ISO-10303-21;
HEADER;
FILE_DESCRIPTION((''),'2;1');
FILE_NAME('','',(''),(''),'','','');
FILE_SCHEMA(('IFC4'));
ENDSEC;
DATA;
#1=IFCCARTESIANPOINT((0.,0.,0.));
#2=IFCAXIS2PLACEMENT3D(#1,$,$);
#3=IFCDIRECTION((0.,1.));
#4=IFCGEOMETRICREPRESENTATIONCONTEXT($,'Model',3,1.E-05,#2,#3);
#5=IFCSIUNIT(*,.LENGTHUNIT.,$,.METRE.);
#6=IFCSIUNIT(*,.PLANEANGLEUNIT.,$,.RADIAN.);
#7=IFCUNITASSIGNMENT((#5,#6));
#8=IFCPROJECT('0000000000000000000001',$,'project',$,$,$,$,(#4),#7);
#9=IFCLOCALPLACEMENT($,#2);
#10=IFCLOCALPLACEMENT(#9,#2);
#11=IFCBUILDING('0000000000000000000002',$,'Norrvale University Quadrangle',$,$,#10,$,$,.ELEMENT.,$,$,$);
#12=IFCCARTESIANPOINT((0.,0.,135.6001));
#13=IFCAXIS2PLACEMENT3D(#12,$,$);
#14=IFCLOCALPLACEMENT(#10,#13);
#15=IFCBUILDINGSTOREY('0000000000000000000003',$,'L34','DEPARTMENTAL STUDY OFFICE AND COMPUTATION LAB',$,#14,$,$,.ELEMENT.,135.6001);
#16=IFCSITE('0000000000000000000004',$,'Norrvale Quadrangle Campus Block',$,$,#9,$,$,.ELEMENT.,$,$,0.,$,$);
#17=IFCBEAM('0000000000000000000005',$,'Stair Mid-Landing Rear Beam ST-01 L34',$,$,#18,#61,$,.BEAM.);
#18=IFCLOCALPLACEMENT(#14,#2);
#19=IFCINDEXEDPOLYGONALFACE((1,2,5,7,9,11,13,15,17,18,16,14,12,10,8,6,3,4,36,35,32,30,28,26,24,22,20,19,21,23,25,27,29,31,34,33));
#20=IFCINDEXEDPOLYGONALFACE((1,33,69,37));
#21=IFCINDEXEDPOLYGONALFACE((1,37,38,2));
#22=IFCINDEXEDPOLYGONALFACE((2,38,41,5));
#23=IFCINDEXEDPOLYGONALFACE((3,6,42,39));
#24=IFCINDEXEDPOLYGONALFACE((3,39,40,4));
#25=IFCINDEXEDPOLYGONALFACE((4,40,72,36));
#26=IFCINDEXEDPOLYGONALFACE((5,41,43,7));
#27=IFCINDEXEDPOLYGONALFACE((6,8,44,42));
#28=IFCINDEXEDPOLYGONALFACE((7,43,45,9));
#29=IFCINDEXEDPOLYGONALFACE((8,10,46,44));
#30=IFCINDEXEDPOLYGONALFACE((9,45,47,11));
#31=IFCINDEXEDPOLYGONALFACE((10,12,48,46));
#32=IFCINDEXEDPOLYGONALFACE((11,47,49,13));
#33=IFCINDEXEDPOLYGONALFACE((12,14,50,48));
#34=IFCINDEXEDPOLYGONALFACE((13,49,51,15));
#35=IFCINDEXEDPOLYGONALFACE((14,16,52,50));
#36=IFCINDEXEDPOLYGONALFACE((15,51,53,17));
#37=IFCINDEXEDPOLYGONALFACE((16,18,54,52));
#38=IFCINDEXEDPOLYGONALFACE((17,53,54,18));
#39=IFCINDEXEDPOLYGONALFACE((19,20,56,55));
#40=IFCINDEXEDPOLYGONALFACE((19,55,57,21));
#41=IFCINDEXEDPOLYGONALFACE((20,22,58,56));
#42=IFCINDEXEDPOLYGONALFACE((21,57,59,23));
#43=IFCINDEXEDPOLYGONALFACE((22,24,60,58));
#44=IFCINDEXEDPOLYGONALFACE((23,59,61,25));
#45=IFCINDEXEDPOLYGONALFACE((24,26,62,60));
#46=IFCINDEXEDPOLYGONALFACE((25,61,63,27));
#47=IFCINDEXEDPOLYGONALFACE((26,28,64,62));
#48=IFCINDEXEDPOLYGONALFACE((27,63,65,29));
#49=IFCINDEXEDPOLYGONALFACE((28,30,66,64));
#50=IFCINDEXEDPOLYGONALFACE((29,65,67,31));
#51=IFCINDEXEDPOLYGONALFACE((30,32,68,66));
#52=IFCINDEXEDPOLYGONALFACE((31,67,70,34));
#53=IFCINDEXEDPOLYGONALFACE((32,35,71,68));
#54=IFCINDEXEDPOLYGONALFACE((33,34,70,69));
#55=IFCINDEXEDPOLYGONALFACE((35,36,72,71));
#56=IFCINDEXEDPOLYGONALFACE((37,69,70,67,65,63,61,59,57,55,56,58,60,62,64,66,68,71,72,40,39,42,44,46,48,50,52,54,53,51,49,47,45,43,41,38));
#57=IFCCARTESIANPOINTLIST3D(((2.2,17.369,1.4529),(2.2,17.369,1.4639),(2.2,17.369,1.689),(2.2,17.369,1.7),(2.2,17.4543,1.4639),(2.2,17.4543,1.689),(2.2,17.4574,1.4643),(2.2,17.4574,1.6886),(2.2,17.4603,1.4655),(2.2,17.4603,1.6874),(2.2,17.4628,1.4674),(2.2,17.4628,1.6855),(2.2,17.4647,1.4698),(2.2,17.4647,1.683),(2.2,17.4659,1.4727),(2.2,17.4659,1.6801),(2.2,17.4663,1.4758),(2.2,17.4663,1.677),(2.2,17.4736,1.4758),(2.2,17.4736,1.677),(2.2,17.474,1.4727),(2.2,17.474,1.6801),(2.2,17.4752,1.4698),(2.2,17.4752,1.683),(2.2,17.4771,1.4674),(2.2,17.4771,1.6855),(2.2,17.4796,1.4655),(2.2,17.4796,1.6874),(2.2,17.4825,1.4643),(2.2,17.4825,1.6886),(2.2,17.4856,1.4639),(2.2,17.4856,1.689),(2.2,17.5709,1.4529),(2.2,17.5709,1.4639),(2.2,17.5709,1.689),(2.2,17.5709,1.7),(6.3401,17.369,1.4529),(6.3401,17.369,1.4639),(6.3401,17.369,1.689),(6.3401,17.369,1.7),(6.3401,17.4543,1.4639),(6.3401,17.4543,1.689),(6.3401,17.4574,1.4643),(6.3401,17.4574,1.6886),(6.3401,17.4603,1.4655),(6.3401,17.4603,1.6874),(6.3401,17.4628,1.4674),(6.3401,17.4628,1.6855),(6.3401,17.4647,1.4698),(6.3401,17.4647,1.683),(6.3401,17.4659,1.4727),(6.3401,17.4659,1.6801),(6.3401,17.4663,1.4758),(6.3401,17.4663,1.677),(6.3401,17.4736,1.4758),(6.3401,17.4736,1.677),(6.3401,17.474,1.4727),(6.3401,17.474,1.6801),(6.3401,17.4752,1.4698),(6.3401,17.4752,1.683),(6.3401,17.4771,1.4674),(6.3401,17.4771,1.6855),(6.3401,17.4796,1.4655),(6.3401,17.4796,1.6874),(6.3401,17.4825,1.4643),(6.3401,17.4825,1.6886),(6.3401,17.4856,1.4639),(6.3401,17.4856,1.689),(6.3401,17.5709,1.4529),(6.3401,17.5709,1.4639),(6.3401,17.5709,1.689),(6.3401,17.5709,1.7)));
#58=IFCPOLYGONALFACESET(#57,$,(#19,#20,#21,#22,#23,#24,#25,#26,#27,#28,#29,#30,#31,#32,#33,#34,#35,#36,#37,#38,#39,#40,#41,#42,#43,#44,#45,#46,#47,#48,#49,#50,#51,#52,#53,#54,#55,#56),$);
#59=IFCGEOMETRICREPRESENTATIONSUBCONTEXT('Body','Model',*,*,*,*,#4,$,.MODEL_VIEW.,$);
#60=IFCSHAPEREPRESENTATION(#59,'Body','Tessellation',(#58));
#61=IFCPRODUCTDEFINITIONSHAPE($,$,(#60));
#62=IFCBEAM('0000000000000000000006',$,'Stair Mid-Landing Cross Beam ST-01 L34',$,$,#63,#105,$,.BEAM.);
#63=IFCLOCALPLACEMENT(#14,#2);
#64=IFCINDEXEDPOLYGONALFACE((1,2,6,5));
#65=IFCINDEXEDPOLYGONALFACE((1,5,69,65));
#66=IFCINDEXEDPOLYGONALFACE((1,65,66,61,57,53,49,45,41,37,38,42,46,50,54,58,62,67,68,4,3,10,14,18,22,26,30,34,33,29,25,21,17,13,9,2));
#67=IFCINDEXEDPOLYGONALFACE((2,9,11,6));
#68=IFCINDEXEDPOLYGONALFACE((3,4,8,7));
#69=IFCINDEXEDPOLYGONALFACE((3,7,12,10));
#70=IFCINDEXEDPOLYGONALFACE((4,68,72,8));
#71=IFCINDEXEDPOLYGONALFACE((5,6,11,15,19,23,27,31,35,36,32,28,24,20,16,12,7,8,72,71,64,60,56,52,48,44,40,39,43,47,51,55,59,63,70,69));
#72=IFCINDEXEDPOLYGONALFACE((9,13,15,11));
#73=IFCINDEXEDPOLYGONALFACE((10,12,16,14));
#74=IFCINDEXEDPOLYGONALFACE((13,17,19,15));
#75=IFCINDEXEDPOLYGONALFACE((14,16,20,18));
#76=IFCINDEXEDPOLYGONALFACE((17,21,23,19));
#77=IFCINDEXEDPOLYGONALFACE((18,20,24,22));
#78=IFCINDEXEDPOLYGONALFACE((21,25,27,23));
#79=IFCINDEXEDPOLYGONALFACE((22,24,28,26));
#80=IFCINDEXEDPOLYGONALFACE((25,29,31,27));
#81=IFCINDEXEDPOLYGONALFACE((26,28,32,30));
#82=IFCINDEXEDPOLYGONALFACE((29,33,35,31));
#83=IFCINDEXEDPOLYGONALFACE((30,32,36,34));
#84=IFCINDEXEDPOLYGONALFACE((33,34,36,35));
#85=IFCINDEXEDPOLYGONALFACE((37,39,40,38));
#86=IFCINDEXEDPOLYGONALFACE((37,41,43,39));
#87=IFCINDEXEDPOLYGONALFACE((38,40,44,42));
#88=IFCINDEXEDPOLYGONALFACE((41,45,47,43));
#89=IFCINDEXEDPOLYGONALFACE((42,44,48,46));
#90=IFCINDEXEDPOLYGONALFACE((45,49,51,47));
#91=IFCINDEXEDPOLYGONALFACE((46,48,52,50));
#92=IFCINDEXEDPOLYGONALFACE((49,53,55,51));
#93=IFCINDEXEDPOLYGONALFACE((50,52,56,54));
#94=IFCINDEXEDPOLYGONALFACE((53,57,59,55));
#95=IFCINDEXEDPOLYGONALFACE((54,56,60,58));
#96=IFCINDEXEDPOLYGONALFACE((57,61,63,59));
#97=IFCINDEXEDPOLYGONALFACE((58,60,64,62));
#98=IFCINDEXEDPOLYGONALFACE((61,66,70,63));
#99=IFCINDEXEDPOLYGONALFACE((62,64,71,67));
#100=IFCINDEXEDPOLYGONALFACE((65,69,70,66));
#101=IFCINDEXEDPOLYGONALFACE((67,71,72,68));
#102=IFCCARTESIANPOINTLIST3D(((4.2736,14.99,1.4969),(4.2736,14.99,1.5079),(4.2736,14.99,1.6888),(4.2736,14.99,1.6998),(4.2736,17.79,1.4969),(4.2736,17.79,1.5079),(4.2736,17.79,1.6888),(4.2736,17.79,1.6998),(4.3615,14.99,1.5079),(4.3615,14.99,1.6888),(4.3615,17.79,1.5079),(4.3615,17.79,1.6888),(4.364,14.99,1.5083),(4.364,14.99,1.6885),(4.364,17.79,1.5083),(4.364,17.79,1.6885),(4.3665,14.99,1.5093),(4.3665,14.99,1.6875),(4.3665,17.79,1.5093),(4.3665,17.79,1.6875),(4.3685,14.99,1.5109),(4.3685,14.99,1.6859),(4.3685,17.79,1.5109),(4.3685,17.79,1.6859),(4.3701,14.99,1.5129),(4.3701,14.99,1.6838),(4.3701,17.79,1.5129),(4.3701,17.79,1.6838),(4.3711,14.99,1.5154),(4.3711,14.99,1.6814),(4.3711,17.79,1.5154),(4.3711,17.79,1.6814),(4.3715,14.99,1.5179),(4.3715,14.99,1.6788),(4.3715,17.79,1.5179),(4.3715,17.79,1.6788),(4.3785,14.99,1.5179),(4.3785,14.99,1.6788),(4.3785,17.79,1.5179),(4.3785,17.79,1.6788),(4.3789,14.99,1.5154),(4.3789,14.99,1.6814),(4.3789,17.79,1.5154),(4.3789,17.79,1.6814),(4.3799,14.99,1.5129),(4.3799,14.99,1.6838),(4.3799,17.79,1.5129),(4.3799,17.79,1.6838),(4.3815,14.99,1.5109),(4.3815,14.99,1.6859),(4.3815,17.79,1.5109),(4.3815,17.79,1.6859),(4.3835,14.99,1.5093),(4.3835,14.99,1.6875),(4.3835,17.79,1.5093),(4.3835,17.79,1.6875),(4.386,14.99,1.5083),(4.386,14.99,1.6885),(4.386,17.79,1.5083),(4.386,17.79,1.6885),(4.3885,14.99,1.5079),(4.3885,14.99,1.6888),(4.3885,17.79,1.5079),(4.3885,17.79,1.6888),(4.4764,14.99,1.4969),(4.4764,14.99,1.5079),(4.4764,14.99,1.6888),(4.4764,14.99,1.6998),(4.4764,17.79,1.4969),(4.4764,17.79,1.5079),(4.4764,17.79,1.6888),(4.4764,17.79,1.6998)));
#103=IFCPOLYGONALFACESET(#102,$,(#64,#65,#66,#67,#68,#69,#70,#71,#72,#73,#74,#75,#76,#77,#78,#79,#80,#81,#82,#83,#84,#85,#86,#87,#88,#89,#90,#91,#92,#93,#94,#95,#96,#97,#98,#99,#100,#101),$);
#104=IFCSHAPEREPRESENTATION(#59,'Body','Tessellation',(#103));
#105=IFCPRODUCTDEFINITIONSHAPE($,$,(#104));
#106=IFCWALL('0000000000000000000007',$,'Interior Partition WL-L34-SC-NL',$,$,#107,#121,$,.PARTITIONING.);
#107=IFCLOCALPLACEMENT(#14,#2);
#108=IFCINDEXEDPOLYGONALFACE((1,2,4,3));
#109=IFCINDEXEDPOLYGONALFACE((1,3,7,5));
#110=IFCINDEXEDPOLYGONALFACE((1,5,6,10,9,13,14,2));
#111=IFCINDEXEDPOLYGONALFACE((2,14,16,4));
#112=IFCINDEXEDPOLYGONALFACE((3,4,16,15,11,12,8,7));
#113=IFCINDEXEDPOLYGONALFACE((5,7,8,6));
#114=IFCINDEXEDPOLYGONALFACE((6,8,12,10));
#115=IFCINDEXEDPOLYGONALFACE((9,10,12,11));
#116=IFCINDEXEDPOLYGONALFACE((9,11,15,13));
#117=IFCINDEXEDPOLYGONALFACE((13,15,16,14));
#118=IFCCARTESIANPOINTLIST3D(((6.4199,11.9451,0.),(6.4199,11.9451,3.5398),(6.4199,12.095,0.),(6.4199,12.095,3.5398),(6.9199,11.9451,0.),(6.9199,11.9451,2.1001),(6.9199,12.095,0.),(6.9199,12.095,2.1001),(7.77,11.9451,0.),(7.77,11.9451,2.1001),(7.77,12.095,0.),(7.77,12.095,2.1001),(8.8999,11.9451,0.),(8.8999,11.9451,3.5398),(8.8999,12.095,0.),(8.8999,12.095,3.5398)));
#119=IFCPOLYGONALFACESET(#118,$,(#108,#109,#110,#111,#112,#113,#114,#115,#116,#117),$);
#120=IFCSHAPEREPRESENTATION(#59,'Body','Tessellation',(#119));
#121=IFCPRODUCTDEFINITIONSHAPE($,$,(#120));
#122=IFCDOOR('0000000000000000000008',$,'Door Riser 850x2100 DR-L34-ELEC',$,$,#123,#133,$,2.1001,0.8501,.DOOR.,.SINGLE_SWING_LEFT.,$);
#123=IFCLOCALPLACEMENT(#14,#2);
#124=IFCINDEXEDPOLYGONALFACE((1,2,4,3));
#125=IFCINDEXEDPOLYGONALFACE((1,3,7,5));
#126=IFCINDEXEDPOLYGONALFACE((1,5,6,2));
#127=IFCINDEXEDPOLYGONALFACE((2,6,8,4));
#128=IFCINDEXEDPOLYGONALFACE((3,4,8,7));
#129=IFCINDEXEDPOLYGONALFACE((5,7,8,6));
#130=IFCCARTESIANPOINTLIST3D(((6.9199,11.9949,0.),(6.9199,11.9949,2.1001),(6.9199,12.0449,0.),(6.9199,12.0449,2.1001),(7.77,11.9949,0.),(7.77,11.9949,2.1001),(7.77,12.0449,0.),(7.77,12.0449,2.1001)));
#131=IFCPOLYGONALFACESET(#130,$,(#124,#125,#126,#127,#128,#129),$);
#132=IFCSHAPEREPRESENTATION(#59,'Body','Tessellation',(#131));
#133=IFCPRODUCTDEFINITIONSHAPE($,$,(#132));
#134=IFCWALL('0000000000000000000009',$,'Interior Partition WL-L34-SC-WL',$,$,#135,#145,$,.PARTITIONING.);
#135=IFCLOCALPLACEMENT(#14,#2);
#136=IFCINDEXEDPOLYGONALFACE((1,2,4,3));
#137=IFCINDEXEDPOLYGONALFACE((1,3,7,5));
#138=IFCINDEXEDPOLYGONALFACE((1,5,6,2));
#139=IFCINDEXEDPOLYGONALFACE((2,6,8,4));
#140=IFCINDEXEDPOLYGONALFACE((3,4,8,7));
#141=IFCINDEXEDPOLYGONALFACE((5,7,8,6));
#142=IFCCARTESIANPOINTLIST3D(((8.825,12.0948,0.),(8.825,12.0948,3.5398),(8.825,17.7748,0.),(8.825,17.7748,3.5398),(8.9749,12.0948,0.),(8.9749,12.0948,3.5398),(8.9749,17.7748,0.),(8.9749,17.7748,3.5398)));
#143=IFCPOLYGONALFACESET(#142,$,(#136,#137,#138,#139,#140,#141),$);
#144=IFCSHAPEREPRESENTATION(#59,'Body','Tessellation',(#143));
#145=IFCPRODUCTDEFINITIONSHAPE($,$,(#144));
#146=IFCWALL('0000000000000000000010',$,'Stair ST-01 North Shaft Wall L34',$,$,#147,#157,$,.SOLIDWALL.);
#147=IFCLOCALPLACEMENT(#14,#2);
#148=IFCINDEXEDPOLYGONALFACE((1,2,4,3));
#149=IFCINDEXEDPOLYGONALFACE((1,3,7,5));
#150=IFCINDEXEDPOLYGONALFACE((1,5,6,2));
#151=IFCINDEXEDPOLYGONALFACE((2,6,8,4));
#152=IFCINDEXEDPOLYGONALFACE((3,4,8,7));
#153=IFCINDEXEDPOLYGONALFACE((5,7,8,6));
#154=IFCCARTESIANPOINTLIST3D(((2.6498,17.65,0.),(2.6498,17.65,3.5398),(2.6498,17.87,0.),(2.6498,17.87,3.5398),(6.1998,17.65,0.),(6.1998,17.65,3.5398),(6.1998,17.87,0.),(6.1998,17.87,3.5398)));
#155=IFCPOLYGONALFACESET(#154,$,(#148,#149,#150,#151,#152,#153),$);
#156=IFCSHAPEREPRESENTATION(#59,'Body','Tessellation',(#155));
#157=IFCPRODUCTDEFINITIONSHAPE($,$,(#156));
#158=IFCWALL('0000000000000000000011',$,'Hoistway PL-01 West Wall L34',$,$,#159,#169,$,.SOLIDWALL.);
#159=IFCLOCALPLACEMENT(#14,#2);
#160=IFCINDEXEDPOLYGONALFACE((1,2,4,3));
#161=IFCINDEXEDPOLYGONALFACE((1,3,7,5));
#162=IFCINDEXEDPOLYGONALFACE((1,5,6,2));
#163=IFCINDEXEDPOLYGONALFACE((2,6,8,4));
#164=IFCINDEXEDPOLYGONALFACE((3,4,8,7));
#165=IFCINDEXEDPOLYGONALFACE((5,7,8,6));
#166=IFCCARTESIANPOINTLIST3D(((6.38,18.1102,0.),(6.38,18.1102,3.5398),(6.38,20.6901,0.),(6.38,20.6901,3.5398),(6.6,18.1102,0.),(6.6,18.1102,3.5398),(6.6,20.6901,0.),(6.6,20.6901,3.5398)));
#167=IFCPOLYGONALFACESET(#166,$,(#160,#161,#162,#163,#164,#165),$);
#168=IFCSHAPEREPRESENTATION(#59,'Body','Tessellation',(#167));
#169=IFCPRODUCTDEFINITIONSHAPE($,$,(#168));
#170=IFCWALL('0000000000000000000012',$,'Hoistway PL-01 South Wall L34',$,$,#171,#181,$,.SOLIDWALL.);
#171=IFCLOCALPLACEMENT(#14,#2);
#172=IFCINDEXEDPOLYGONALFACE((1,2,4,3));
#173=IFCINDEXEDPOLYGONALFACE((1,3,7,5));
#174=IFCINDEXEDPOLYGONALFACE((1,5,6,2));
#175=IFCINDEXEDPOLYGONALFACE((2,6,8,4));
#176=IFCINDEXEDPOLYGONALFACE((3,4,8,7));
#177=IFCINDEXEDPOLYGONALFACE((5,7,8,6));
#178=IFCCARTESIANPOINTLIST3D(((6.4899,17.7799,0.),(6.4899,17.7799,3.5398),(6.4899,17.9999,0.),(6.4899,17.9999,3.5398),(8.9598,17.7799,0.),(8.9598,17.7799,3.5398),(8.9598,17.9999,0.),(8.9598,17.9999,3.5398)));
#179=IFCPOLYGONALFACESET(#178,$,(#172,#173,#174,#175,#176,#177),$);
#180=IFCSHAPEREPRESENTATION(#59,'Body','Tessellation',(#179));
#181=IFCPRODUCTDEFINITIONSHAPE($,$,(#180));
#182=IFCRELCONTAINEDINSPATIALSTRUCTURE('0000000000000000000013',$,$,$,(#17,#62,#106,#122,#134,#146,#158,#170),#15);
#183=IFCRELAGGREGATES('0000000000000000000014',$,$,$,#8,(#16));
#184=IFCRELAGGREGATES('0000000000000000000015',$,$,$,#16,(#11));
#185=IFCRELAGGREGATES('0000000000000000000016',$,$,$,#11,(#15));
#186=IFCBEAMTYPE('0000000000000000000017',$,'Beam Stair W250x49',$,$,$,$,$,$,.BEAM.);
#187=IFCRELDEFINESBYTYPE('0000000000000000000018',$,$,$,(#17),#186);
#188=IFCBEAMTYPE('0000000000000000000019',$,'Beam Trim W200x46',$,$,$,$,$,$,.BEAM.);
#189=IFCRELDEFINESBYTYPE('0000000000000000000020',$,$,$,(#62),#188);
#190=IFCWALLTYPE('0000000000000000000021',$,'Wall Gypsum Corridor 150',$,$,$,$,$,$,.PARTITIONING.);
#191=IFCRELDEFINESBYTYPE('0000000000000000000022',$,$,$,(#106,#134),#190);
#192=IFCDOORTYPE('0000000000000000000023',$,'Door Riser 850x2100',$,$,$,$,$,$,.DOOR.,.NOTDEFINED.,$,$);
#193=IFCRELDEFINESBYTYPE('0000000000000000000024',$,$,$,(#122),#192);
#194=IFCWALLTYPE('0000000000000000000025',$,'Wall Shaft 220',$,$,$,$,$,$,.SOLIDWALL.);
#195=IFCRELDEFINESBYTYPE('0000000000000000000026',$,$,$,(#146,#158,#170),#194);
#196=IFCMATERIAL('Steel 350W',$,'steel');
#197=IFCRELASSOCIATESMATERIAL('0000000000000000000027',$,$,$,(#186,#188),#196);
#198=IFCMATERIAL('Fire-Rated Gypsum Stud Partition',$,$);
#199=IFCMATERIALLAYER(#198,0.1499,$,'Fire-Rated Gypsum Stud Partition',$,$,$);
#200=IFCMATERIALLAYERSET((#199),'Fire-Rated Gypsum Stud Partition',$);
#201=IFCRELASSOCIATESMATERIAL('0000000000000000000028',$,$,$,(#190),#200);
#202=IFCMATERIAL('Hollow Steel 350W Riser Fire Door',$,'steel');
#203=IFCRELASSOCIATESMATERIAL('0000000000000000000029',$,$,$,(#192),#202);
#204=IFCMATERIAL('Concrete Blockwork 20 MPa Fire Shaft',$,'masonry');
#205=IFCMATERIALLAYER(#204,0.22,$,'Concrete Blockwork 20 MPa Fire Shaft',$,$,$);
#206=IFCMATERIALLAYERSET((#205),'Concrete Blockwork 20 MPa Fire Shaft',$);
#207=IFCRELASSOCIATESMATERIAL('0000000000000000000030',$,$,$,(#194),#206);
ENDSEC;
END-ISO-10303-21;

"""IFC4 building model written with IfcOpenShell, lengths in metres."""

from ifc_helpers import new_model, si_unit, direction, frame, frame_2d, origin, origin_2d, place, context, subcontext, project, spatial, rectangle, i_section, extrude, material, layer, layer_set, material_profile, profile_set, type_object, element, fill, save


model = new_model("IFC4")

# Units and contexts
model_context = context("Model", 3, precision=1e-05, world=origin(), true_north=direction((0.0, 1.0)))
body_context = subcontext(model_context, "Body", "Model", "MODEL_VIEW")
ifc_project = project(units=[si_unit("LENGTHUNIT", "METRE"), si_unit("PLANEANGLEUNIT", "RADIAN")], contexts=[model_context])

# Site, building, storey
site_placement = place(None, origin())
site = spatial("IfcSite", under=ifc_project, at=site_placement, Name="Norrvale Quadrangle Campus Block", CompositionType="ELEMENT", RefElevation=0.0)
building_placement = place(site_placement, origin())
building = spatial("IfcBuilding", under=site, at=building_placement, Name="Norrvale University Quadrangle", CompositionType="ELEMENT")
storey_placement = place(building_placement, frame((0.0, 0.0, 135.6001)))
storey = spatial("IfcBuildingStorey", under=building, at=storey_placement, Name="L34", Description="DEPARTMENTAL STUDY OFFICE AND COMPUTATION LAB", CompositionType="ELEMENT", Elevation=135.6001)

# Beams
ifc_material_1 = material(Name="Steel 350W", Category="steel")
ifc_material_profile_1 = material_profile(ifc_material_1, i_section(OverallWidth=0.2019, OverallDepth=0.2471, WebThickness=0.0073, FlangeThickness=0.011, FilletRadius=0.012, at=origin_2d()), Name="Steel 350W")
ifc_profile_set_1 = profile_set([ifc_material_profile_1], Name="Steel 350W")
beam_type_1 = type_object("IfcBeamType", Name="Beam Stair W250x49", PredefinedType="BEAM", material=ifc_profile_set_1)
for number, where, z_axis, x_axis, name in (
    (1, (2.2, 17.47, 1.5764), (1.0, 0.0, 0.0), (0.0, 1.0, 0.0), "Stair Mid-Landing Rear Beam ST-01 L34"),
):
    element("IfcBeam", number, at=place(storey_placement, frame(where, z_axis=z_axis, x_axis=x_axis)), inside=storey, type_object=beam_type_1, Name=name, PredefinedType="BEAM", context=body_context, shape_type="SweptSolid", body=[
        extrude(i_section(OverallWidth=0.2019, OverallDepth=0.2471, WebThickness=0.0073, FlangeThickness=0.011, FilletRadius=0.012, at=origin_2d()), origin(), (0.0, 0.0, 1.0), 4.1401),
    ])
ifc_material_profile_2 = material_profile(ifc_material_1, i_section(OverallWidth=0.2029, OverallDepth=0.2029, WebThickness=0.0071, FlangeThickness=0.011, FilletRadius=0.01, at=origin_2d()), Name="Steel 350W")
ifc_profile_set_2 = profile_set([ifc_material_profile_2], Name="Steel 350W")
beam_type_2 = type_object("IfcBeamType", Name="Beam Trim W200x46", PredefinedType="BEAM", material=ifc_profile_set_2)
beam_1_placement = place(storey_placement, frame((4.375, 14.99, 1.5984), z_axis=(0.0, 1.0, 0.0), x_axis=(-1.0, 0.0, 0.0)))
element("IfcBeam", 2, at=beam_1_placement, inside=storey, type_object=beam_type_2, Name="Stair Mid-Landing Cross Beam ST-01 L34", PredefinedType="BEAM", context=body_context, shape_type="SweptSolid", body=[
    extrude(i_section(OverallWidth=0.2029, OverallDepth=0.2029, WebThickness=0.0071, FlangeThickness=0.011, FilletRadius=0.01, at=origin_2d()), origin(), (0.0, 0.0, 1.0), 2.8),
])

# Wall, opening, door
ifc_material_2 = material(Name="Fire-Rated Gypsum Stud Partition")
ifc_layer_1 = layer(ifc_material_2, 0.1499, Name="Fire-Rated Gypsum Stud Partition")
ifc_layer_set_1 = layer_set([ifc_layer_1], Name="Fire-Rated Gypsum Stud Partition")
wall_type_1 = type_object("IfcWallType", Name="Wall Gypsum Corridor 150", PredefinedType="PARTITIONING", material=ifc_layer_set_1)
wall_1_placement = place(storey_placement, frame((6.4199, 12.02, 0.0), z_axis=(0.0, 0.0, 1.0), x_axis=(1.0, 0.0, 0.0)))
wall_1 = element("IfcWall", 3, at=wall_1_placement, inside=storey, type_object=wall_type_1, Name="Interior Partition WL-L34-SC-NL", PredefinedType="PARTITIONING", context=body_context, shape_type="SweptSolid", body=[
    extrude(rectangle(XDim=2.48, YDim=0.1499, at=frame_2d((1.24, 0.0))), origin(), (0.0, 0.0, 1.0), 3.5398),
])
opening_placement = place(wall_1_placement, frame((0.5, 0.0, 0.0)))
opening = element("IfcOpeningElement", 4, at=opening_placement, cuts=wall_1, PredefinedType="OPENING", context=body_context, shape_type="SweptSolid", body=[
    extrude(rectangle(XDim=0.8501, YDim=2.1001, at=frame_2d((0.425, 1.05))), frame((0.0, 0.0869, 0.0), z_axis=(0.0, -1.0, 0.0), x_axis=(1.0, 0.0, 0.0)), (0.0, 0.0, 1.0), 0.1738),
])
ifc_material_3 = material(Name="Hollow Steel 350W Riser Fire Door", Category="steel")
door_type = type_object("IfcDoorType", Name="Door Riser 850x2100", OperationType="NOTDEFINED", PredefinedType="DOOR", material=ifc_material_3)
door_placement = place(opening_placement, origin())
door = element("IfcDoor", 5, at=door_placement, inside=storey, type_object=door_type, Name="Door Riser 850x2100 DR-L34-ELEC", OperationType="SINGLE_SWING_LEFT", OverallHeight=2.1001, OverallWidth=0.8501, PredefinedType="DOOR", context=body_context, shape_type="SweptSolid", body=[
    extrude(rectangle(XDim=0.8501, YDim=2.1001, at=frame_2d((0.425, 1.05))), frame((0.0, 0.0249, 0.0), z_axis=(0.0, -1.0, 0.0), x_axis=(1.0, 0.0, 0.0)), (0.0, 0.0, 1.0), 0.05),
])
fill(opening, door)

# Walls
wall_2_placement = place(storey_placement, frame((8.8999, 12.095, 0.0), z_axis=(0.0, 0.0, 1.0), x_axis=(0.0, 1.0, 0.0)))
element("IfcWall", 6, at=wall_2_placement, inside=storey, type_object=wall_type_1, Name="Interior Partition WL-L34-SC-WL", PredefinedType="PARTITIONING", context=body_context, shape_type="SweptSolid", body=[
    extrude(rectangle(XDim=5.6799, YDim=0.1499, at=frame_2d((2.8398, 0.0))), origin(), (0.0, 0.0, 1.0), 3.5398),
])
ifc_material_4 = material(Name="Concrete Blockwork 20 MPa Fire Shaft", Category="masonry")
ifc_layer_2 = layer(ifc_material_4, 0.22, Name="Concrete Blockwork 20 MPa Fire Shaft")
ifc_layer_set_2 = layer_set([ifc_layer_2], Name="Concrete Blockwork 20 MPa Fire Shaft")
wall_type_2 = type_object("IfcWallType", Name="Wall Shaft 220", PredefinedType="SOLIDWALL", material=ifc_layer_set_2)
wall_3_placement = place(storey_placement, frame((2.6499, 17.76, 0.0), z_axis=(0.0, 0.0, 1.0), x_axis=(1.0, 0.0, 0.0)))
element("IfcWall", 7, at=wall_3_placement, inside=storey, type_object=wall_type_2, Name="Stair ST-01 North Shaft Wall L34", PredefinedType="SOLIDWALL", context=body_context, shape_type="SweptSolid", body=[
    extrude(rectangle(XDim=3.55, YDim=0.22, at=frame_2d((1.7749, 0.0))), origin(), (0.0, 0.0, 1.0), 3.5398),
])
wall_4_placement = place(storey_placement, frame((6.49, 18.1101, 0.0), z_axis=(0.0, 0.0, 1.0), x_axis=(0.0, 1.0, 0.0)))
element("IfcWall", 8, at=wall_4_placement, inside=storey, type_object=wall_type_2, Name="Hoistway PL-01 West Wall L34", PredefinedType="SOLIDWALL", context=body_context, shape_type="SweptSolid", body=[
    extrude(rectangle(XDim=2.5798, YDim=0.22, at=frame_2d((1.29, 0.0))), origin(), (0.0, 0.0, 1.0), 3.5398),
])
for number, where, z_axis, x_axis, name in (
    (9, (6.49, 17.8899, 0.0), (0.0, 0.0, 1.0), (1.0, 0.0, 0.0), "Hoistway PL-01 South Wall L34"),
):
    element("IfcWall", number, at=place(storey_placement, frame(where, z_axis=z_axis, x_axis=x_axis)), inside=storey, type_object=wall_type_2, Name=name, PredefinedType="SOLIDWALL", context=body_context, shape_type="SweptSolid", body=[
        extrude(rectangle(XDim=2.47, YDim=0.22, at=frame_2d((1.2349, 0.0))), origin(), (0.0, 0.0, 1.0), 3.5398),
    ])

save(model, "model.ifc")
